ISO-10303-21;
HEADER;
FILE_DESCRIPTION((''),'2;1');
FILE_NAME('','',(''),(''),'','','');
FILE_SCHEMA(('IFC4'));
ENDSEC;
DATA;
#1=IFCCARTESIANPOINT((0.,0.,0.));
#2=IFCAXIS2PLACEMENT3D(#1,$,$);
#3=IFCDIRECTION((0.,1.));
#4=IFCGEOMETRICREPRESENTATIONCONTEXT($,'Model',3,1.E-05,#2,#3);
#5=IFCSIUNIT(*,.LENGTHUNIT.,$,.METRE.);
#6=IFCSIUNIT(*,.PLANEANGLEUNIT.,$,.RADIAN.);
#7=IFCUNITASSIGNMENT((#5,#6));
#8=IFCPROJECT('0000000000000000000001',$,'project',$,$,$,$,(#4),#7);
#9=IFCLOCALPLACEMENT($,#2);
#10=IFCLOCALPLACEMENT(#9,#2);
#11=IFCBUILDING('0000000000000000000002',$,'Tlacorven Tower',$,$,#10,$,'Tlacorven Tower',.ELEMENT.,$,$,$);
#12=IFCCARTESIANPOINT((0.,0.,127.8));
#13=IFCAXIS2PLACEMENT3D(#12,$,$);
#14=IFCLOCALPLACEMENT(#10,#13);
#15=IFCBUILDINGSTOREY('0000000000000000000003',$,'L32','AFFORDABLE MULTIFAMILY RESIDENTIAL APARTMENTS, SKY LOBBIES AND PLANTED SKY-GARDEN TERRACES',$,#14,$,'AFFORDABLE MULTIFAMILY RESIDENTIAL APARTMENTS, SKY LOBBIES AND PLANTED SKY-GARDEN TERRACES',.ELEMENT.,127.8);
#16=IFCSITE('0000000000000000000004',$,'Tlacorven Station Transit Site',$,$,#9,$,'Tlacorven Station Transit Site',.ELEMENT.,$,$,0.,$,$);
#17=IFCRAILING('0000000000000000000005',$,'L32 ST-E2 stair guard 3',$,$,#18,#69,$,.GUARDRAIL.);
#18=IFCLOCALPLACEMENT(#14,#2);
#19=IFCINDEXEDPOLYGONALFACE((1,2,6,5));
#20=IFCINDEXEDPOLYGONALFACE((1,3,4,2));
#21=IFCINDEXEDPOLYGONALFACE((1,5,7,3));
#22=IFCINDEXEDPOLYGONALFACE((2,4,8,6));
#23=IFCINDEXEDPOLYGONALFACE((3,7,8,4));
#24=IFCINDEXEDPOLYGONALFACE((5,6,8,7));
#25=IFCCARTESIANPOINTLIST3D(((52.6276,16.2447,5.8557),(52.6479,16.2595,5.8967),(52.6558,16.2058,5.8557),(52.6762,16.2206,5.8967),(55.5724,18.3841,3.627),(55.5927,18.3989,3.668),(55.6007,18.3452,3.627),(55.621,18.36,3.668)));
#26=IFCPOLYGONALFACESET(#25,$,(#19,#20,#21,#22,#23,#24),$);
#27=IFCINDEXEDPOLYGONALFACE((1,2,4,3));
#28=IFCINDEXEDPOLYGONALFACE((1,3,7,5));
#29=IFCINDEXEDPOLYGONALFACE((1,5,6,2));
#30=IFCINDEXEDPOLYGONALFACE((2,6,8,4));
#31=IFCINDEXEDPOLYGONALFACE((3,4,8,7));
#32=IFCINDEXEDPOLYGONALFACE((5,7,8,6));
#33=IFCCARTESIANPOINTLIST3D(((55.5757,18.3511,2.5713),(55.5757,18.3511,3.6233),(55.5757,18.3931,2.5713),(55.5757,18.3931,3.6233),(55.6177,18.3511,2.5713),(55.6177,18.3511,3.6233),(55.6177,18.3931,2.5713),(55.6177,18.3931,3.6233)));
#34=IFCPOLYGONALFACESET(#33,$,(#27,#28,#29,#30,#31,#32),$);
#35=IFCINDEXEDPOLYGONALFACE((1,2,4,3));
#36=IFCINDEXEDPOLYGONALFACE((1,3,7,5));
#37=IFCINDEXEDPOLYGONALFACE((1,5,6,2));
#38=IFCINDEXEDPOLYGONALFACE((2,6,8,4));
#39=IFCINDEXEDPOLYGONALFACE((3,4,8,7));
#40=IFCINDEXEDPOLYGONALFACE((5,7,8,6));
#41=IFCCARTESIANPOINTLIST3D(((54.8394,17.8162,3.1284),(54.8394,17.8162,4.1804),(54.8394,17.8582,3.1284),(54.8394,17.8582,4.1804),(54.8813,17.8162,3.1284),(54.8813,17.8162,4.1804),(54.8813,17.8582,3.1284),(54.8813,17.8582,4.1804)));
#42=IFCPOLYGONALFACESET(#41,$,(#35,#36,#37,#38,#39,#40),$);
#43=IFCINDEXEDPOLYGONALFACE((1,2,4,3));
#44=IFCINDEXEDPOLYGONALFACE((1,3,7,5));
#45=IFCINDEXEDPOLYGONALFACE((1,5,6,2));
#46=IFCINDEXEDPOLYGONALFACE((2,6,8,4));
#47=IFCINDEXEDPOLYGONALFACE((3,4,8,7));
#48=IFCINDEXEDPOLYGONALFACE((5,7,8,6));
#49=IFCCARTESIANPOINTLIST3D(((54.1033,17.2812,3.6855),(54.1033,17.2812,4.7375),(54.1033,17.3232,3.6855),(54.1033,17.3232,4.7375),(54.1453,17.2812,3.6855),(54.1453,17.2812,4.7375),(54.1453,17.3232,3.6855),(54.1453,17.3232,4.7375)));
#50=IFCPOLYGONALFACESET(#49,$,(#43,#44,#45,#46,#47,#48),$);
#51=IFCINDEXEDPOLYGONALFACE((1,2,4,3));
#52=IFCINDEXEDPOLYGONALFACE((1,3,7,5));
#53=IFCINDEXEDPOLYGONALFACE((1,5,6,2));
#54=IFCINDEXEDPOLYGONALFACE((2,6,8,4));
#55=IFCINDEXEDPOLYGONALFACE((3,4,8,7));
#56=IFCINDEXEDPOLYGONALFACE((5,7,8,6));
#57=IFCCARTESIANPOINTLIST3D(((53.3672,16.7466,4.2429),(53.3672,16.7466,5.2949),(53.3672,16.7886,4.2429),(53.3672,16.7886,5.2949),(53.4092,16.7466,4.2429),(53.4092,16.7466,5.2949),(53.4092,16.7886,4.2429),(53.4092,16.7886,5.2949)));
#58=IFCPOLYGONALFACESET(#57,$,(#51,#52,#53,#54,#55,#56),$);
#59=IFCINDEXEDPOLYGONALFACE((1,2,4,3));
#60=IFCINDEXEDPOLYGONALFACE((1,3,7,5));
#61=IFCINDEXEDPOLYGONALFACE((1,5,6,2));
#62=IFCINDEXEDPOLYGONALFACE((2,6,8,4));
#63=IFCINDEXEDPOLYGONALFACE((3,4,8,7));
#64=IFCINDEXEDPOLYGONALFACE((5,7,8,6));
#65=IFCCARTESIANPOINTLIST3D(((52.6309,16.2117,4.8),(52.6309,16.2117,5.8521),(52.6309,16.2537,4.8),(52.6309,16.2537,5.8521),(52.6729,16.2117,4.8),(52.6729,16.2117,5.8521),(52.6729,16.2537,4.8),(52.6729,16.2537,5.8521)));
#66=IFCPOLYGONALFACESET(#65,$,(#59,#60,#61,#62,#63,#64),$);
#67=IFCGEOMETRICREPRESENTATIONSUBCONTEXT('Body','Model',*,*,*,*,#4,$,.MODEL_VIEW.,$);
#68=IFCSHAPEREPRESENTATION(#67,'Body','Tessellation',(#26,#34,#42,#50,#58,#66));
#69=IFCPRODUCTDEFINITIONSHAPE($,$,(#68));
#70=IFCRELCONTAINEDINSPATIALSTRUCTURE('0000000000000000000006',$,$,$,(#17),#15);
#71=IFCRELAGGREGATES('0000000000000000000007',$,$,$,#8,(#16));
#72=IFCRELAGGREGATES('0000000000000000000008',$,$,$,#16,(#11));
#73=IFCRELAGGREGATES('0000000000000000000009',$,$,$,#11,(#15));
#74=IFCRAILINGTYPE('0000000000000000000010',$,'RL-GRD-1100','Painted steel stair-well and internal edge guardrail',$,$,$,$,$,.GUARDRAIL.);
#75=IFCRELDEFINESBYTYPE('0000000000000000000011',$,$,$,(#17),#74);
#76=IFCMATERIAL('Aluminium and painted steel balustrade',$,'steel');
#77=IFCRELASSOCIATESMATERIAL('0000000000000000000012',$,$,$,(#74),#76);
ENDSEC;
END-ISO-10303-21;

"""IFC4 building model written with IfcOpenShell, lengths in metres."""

from ifc_helpers import new_model, si_unit, direction, frame, origin, origin_2d, place, context, subcontext, project, spatial, rectangle, extrude, source, transform, mapped, material, type_object, element, save


model = new_model("IFC4")

# Units and contexts
model_context = context("Model", 3, precision=1e-05, world=origin(), true_north=direction((0.0, 1.0)))
body_context = subcontext(model_context, "Body", "Model", "MODEL_VIEW")
ifc_project = project(units=[si_unit("LENGTHUNIT", "METRE"), si_unit("PLANEANGLEUNIT", "RADIAN")], contexts=[model_context])

# Site, building, storey
site_placement = place(None, origin())
site = spatial("IfcSite", under=ifc_project, at=site_placement, Name="Tlacorven Station Transit Site", LongName="Tlacorven Station Transit Site", CompositionType="ELEMENT", RefElevation=0.0)
building_placement = place(site_placement, origin())
building = spatial("IfcBuilding", under=site, at=building_placement, Name="Tlacorven Tower", LongName="Tlacorven Tower", CompositionType="ELEMENT")
storey_placement = place(building_placement, frame((0.0, 0.0, 127.8)))
storey = spatial("IfcBuildingStorey", under=building, at=storey_placement, Name="L32", Description="AFFORDABLE MULTIFAMILY RESIDENTIAL APARTMENTS, SKY LOBBIES AND PLANTED SKY-GARDEN TERRACES", LongName="AFFORDABLE MULTIFAMILY RESIDENTIAL APARTMENTS, SKY LOBBIES AND PLANTED SKY-GARDEN TERRACES", CompositionType="ELEMENT", Elevation=127.8)

# Railing
ifc_material_1 = material(Name="Aluminium and painted steel balustrade", Category="steel")
railing_type_1 = type_object("IfcRailingType", Name="RL-GRD-1100", Description="Painted steel stair-well and internal edge guardrail", PredefinedType="GUARDRAIL", material=ifc_material_1)
shared_shape_1 = source(origin(), body_context, "Body", "SweptSolid", [
    extrude(rectangle(XDim=0.0481, YDim=0.0481, at=origin_2d()), frame((0.0, 0.0, 1.0762), z_axis=(-0.689966, -0.501258, 0.522194), x_axis=(0.587761, -0.809035, 0.0)), (0.0, 0.0, 1.0), 4.2681),
    extrude(rectangle(XDim=0.042, YDim=0.042, at=origin_2d()), origin(), (0.0, 0.0, 1.0), 1.052),
    extrude(rectangle(XDim=0.042, YDim=0.042, at=origin_2d()), frame((-0.7363, -0.5349, 0.5571)), (0.0, 0.0, 1.0), 1.052),
    extrude(rectangle(XDim=0.042, YDim=0.042, at=origin_2d()), frame((-1.4724, -1.0698, 1.1143)), (0.0, 0.0, 1.0), 1.052),
    extrude(rectangle(XDim=0.042, YDim=0.042, at=origin_2d()), frame((-2.2085, -1.6045, 1.6716)), (0.0, 0.0, 1.0), 1.052),
    extrude(rectangle(XDim=0.042, YDim=0.042, at=origin_2d()), frame((-2.9448, -2.1394, 2.2288)), (0.0, 0.0, 1.0), 1.052),
])
railing_1_placement = place(storey_placement, frame((55.5967, 18.3721, 2.5713)))
element("IfcRailing", 1, at=railing_1_placement, inside=storey, type_object=railing_type_1, Name="L32 ST-E2 stair guard 3", PredefinedType="GUARDRAIL", context=body_context, shape_type="MappedRepresentation", body=[
    mapped(shared_shape_1, transform((0.0, 0.0, 0.0), scale=1.0)),
])

save(model, "model.ifc")
